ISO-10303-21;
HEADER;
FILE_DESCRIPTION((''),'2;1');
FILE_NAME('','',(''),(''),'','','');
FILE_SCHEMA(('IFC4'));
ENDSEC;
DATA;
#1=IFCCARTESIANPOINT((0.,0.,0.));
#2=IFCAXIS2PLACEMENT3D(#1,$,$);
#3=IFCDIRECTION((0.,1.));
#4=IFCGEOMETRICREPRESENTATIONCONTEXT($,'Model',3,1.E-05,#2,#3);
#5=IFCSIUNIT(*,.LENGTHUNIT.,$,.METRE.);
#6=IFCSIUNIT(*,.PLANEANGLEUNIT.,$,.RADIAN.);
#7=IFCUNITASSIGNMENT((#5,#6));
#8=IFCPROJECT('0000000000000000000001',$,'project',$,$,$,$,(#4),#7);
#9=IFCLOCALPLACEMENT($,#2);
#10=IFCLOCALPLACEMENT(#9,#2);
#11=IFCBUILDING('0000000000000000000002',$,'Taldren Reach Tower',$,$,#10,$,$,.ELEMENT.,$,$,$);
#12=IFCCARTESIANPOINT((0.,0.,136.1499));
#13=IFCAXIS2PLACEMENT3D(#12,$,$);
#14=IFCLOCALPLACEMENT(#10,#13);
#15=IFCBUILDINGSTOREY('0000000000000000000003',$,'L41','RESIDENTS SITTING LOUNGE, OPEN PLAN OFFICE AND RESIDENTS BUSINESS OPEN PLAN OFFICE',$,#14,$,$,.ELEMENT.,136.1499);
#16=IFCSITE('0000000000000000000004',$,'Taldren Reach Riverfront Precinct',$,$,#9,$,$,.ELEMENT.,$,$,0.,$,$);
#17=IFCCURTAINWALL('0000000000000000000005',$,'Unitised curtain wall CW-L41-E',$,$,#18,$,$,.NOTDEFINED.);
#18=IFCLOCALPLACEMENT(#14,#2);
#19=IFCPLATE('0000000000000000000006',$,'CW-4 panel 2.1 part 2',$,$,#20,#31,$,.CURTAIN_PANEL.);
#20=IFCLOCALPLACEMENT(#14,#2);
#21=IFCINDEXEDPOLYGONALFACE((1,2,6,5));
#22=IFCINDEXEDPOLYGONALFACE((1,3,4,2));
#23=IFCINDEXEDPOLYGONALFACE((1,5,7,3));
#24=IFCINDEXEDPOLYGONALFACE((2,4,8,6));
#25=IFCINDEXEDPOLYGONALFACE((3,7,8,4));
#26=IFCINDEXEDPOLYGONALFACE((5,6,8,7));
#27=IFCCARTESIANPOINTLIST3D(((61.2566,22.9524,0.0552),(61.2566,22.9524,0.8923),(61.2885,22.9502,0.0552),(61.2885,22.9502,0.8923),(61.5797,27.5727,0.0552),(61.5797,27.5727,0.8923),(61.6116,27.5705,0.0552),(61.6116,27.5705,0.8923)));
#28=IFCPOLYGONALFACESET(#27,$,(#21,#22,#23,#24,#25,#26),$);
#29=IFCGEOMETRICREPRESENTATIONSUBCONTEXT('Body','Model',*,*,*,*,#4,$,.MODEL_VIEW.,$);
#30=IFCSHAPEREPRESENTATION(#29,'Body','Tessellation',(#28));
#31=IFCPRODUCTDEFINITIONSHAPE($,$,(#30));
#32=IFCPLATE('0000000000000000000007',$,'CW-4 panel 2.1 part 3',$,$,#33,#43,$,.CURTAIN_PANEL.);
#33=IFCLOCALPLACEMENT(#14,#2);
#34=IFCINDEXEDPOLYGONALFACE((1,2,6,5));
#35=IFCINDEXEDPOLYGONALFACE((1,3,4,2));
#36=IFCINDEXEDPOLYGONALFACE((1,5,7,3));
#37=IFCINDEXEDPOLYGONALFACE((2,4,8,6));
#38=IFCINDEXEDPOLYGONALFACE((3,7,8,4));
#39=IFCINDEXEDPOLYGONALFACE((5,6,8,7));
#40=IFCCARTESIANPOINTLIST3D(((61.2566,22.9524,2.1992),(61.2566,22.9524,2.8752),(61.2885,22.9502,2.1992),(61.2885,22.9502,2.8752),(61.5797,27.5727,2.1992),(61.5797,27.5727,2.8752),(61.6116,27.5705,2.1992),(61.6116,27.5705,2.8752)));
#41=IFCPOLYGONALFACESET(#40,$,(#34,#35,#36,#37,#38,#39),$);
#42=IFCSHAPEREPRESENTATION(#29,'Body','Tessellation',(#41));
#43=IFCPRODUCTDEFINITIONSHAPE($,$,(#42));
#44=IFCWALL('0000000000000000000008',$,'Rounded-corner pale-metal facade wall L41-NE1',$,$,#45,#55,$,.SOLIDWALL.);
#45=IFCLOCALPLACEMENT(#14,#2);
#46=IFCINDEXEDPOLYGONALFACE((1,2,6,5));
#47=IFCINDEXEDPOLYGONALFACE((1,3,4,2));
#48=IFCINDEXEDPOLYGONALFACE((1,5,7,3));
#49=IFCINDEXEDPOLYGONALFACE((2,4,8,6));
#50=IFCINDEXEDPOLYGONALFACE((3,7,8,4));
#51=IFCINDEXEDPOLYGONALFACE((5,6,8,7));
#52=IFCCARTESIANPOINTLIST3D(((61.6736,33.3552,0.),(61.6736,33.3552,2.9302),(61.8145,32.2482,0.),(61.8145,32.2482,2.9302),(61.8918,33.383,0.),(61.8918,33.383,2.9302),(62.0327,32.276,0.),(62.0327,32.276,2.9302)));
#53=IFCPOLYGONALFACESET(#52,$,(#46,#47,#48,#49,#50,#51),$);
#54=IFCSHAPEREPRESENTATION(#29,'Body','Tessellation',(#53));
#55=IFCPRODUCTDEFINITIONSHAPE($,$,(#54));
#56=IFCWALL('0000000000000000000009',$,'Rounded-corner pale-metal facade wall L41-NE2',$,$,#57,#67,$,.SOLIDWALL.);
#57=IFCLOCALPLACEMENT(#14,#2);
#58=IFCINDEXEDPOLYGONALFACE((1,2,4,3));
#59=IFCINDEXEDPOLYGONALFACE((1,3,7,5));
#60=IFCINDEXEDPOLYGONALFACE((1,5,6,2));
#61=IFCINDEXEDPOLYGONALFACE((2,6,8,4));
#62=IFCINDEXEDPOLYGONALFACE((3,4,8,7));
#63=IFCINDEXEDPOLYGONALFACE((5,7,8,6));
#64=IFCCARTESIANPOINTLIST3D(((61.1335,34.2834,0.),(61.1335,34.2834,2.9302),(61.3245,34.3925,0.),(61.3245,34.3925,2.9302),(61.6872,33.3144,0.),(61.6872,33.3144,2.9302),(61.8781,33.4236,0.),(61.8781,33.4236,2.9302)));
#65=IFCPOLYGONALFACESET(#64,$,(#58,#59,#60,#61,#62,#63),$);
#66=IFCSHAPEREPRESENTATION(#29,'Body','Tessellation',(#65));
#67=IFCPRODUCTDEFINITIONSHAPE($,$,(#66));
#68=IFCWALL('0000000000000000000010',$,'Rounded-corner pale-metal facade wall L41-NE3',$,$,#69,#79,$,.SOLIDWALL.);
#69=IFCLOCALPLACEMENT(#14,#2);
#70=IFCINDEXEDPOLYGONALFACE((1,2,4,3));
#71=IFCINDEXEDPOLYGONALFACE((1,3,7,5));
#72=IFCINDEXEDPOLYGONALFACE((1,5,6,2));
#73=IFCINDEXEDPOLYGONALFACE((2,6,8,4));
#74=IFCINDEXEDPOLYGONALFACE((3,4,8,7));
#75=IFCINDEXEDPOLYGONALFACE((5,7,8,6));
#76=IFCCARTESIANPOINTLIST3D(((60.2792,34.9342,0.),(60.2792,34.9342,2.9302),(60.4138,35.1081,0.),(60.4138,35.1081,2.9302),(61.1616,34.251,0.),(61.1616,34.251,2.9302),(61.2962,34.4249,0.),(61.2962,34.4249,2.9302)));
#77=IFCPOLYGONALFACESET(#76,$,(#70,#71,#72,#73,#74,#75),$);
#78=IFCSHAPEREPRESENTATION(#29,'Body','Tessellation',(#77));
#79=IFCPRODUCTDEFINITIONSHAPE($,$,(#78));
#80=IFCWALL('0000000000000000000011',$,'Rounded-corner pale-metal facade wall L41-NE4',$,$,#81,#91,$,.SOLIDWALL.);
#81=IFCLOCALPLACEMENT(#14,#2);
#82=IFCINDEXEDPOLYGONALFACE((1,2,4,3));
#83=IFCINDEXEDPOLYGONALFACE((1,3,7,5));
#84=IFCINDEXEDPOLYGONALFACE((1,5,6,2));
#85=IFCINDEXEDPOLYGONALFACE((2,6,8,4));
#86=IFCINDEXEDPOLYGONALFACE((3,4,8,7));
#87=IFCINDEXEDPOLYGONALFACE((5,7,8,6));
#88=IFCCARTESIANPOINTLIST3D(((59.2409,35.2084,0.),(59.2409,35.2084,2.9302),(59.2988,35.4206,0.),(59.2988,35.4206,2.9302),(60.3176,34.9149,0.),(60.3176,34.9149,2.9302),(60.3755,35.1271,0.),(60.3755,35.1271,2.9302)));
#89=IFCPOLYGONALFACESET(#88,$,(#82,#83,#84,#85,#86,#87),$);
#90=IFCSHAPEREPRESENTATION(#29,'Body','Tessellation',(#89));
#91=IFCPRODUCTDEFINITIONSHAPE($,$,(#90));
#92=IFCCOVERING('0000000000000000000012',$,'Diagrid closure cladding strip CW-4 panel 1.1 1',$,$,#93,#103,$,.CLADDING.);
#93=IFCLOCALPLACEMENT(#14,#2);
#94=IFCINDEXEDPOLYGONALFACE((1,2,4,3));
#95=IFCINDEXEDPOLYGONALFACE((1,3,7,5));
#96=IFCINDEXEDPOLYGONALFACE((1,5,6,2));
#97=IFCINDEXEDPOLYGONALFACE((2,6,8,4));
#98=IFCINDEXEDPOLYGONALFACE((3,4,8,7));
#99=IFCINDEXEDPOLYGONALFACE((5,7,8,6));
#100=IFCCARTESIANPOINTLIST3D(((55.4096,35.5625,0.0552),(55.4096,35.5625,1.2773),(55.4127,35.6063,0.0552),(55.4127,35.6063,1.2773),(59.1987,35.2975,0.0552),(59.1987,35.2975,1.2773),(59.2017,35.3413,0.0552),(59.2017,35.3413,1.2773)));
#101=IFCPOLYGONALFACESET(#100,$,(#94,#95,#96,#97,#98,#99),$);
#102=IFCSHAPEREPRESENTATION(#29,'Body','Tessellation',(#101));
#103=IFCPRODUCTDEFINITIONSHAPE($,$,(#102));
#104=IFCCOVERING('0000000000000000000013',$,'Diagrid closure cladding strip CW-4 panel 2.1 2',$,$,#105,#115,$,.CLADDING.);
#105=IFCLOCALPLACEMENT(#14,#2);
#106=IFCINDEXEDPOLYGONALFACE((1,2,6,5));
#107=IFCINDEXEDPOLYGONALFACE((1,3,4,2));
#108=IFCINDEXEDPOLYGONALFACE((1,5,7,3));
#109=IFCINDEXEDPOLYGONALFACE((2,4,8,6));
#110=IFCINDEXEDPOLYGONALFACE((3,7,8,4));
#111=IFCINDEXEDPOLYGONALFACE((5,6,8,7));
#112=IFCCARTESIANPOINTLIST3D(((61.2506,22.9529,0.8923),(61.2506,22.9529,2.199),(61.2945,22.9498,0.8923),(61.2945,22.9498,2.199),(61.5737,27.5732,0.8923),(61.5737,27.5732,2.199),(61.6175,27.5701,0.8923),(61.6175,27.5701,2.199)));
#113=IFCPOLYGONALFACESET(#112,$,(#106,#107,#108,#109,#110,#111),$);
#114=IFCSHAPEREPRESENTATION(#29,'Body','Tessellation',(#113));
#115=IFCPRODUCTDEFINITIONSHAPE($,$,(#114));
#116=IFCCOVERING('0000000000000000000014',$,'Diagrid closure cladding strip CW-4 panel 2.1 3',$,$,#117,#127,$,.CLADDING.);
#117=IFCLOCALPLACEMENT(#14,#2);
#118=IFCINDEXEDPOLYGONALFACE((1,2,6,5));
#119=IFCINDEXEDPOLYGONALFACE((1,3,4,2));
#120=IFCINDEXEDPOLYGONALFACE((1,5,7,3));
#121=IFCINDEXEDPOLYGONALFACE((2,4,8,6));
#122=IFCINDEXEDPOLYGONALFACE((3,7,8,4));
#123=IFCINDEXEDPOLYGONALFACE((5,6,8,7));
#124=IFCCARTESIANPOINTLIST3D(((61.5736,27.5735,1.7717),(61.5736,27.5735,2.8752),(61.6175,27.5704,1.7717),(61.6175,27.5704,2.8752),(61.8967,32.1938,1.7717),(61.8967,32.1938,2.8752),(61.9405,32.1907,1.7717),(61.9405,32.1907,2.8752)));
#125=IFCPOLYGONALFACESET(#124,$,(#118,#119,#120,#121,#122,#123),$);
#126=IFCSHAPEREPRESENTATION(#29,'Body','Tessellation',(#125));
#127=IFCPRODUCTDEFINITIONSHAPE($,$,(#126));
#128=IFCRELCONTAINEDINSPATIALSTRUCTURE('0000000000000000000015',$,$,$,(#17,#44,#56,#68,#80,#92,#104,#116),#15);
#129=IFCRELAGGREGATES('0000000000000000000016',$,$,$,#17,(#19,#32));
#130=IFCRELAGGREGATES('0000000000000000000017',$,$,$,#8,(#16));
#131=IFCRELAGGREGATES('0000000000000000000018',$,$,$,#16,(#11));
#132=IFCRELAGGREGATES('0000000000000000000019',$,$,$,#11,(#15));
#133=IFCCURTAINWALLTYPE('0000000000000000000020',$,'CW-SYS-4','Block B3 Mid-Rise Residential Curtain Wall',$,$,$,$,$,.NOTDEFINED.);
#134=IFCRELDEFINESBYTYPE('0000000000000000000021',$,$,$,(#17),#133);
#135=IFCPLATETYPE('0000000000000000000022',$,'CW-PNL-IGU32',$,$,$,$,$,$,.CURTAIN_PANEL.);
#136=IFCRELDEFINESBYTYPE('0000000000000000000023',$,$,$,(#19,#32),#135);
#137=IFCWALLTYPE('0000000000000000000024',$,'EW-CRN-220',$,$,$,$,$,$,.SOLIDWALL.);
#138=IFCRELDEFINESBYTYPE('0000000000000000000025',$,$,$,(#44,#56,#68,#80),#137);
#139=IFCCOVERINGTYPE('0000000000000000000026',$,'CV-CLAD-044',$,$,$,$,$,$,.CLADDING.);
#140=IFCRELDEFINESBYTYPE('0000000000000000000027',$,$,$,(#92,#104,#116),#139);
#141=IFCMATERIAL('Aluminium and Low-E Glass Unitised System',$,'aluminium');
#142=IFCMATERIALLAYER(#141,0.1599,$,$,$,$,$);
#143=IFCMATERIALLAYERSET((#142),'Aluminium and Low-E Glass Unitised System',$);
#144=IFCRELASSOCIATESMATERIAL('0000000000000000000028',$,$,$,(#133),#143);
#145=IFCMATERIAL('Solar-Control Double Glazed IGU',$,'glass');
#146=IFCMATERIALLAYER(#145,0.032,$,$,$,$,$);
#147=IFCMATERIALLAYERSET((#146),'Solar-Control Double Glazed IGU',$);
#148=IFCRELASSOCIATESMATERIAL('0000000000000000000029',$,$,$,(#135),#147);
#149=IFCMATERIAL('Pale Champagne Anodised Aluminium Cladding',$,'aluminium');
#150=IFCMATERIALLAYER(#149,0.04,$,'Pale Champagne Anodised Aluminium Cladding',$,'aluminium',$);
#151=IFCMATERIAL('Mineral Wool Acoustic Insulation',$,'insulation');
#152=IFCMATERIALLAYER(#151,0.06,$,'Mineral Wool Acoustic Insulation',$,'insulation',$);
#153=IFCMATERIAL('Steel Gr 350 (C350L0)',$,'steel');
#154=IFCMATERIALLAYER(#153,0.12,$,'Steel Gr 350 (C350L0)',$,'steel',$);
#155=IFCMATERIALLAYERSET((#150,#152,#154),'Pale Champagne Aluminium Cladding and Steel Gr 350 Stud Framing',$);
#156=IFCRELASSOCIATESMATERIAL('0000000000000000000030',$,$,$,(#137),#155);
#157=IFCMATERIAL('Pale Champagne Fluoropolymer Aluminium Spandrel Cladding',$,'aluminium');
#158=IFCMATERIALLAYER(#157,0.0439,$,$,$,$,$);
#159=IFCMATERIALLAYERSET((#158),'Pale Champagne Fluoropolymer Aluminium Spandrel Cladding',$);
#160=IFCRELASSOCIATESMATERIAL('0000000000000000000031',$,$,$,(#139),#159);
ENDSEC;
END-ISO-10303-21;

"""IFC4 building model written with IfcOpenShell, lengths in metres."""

from ifc_helpers import new_model, si_unit, direction, frame, frame_2d, origin, origin_2d, place, context, subcontext, project, spatial, rectangle, extrude, source, transform, mapped, material, layer, layer_set, type_object, element, aggregate, save


model = new_model("IFC4")

# Units and contexts
model_context = context("Model", 3, precision=1e-05, world=origin(), true_north=direction((0.0, 1.0)))
body_context = subcontext(model_context, "Body", "Model", "MODEL_VIEW")
ifc_project = project(units=[si_unit("LENGTHUNIT", "METRE"), si_unit("PLANEANGLEUNIT", "RADIAN")], contexts=[model_context])

# Site, building, storey
site_placement = place(None, origin())
site = spatial("IfcSite", under=ifc_project, at=site_placement, Name="Taldren Reach Riverfront Precinct", CompositionType="ELEMENT", RefElevation=0.0)
building_placement = place(site_placement, origin())
building = spatial("IfcBuilding", under=site, at=building_placement, Name="Taldren Reach Tower", CompositionType="ELEMENT")
storey_placement = place(building_placement, frame((0.0, 0.0, 136.1499)))
storey = spatial("IfcBuildingStorey", under=building, at=storey_placement, Name="L41", Description="RESIDENTS SITTING LOUNGE, OPEN PLAN OFFICE AND RESIDENTS BUSINESS OPEN PLAN OFFICE", CompositionType="ELEMENT", Elevation=136.1499)

# Shared definitions
ifc_material_1 = material(Name="Steel Gr 350 (C350L0)", Category="steel")

# Curtain wall
ifc_material_2 = material(Name="Aluminium and Low-E Glass Unitised System", Category="aluminium")
ifc_layer_1 = layer(ifc_material_2, 0.1599)
ifc_layer_set_1 = layer_set([ifc_layer_1], Name="Aluminium and Low-E Glass Unitised System")
curtain_wall_type = type_object("IfcCurtainWallType", Name="CW-SYS-4", Description="Block B3 Mid-Rise Residential Curtain Wall", PredefinedType="NOTDEFINED", material=ifc_layer_set_1)
curtain_wall_1_placement = place(storey_placement, origin())
curtain_wall_1 = element("IfcCurtainWall", 1, at=curtain_wall_1_placement, inside=storey, type_object=curtain_wall_type, Name="Unitised curtain wall CW-L41-E", PredefinedType="NOTDEFINED")

# Plates
ifc_material_3 = material(Name="Solar-Control Double Glazed IGU", Category="glass")
ifc_layer_2 = layer(ifc_material_3, 0.032)
ifc_layer_set_2 = layer_set([ifc_layer_2], Name="Solar-Control Double Glazed IGU")
plate_type_1 = type_object("IfcPlateType", Name="CW-PNL-IGU32", PredefinedType="CURTAIN_PANEL", material=ifc_layer_set_2)
shared_shape_1 = source(origin(), body_context, "Body", "SweptSolid", [
    extrude(rectangle(XDim=4.6316, YDim=0.032, at=origin_2d()), origin(), (0.0, 0.0, 1.0), 0.8372),
])
plate_1_placement = place(storey_placement, frame((61.4341, 25.2615, 0.0552), z_axis=(0.0, 0.0, 1.0), x_axis=(0.069756, 0.997564, 0.0)))
plate_1 = element("IfcPlate", 2, at=plate_1_placement, type_object=plate_type_1, Name="CW-4 panel 2.1 part 2", PredefinedType="CURTAIN_PANEL", context=body_context, shape_type="MappedRepresentation", body=[
    mapped(shared_shape_1, transform((0.0, 0.0, 0.0), scale=1.0)),
])
shared_shape_2 = source(origin(), body_context, "Body", "SweptSolid", [
    extrude(rectangle(XDim=4.6316, YDim=0.032, at=origin_2d()), origin(), (0.0, 0.0, 1.0), 0.676),
])
plate_2_placement = place(storey_placement, frame((61.4341, 25.2615, 2.1992), z_axis=(0.0, 0.0, 1.0), x_axis=(0.069756, 0.997564, 0.0)))
plate_2 = element("IfcPlate", 3, at=plate_2_placement, type_object=plate_type_1, Name="CW-4 panel 2.1 part 3", PredefinedType="CURTAIN_PANEL", context=body_context, shape_type="MappedRepresentation", body=[
    mapped(shared_shape_2, transform((0.0, 0.0, 0.0), scale=1.0)),
])
aggregate(curtain_wall_1, [plate_1, plate_2])

# Walls
ifc_material_4 = material(Name="Pale Champagne Anodised Aluminium Cladding", Category="aluminium")
ifc_layer_3 = layer(ifc_material_4, 0.04, Name="Pale Champagne Anodised Aluminium Cladding", Category="aluminium")
ifc_material_5 = material(Name="Mineral Wool Acoustic Insulation", Category="insulation")
ifc_layer_4 = layer(ifc_material_5, 0.06, Name="Mineral Wool Acoustic Insulation", Category="insulation")
ifc_layer_5 = layer(ifc_material_1, 0.12, Name="Steel Gr 350 (C350L0)", Category="steel")
ifc_layer_set_3 = layer_set([ifc_layer_3, ifc_layer_4, ifc_layer_5], Name="Pale Champagne Aluminium Cladding and Steel Gr 350 Stud Framing")
wall_type = type_object("IfcWallType", Name="EW-CRN-220", PredefinedType="SOLIDWALL", material=ifc_layer_set_3)
shared_shape_3 = source(origin(), body_context, "Body", "SweptSolid", [
    extrude(rectangle(XDim=1.116, YDim=0.22, at=frame_2d((0.5581, 0.0))), origin(), (0.0, 0.0, 1.0), 2.9302),
])
for number, where, z_axis, x_axis, name in (
    (4, (61.9236, 32.262, 0.0), (0.0, 0.0, 1.0), (-0.126243, 0.991999, 0.0), "Rounded-corner pale-metal facade wall L41-NE1"),
    (5, (61.7827, 33.3689, 0.0), (0.0, 0.0, 1.0), (-0.496139, 0.868243, 0.0), "Rounded-corner pale-metal facade wall L41-NE2"),
    (6, (61.229, 34.3379, 0.0), (0.0, 0.0, 1.0), (-0.790717, 0.612182, 0.0), "Rounded-corner pale-metal facade wall L41-NE3"),
    (7, (60.3467, 35.021, 0.0), (0.0, 0.0, 1.0), (-0.964804, 0.262969, 0.0), "Rounded-corner pale-metal facade wall L41-NE4"),
):
    element("IfcWall", number, at=place(storey_placement, frame(where, z_axis=z_axis, x_axis=x_axis)), inside=storey, type_object=wall_type, Name=name, PredefinedType="SOLIDWALL", context=body_context, shape_type="MappedRepresentation", body=[
        mapped(shared_shape_3, transform((0.0, 0.0, 0.0), scale=1.0)),
    ])

# Coverings
ifc_material_6 = material(Name="Pale Champagne Fluoropolymer Aluminium Spandrel Cladding", Category="aluminium")
ifc_layer_6 = layer(ifc_material_6, 0.0439)
ifc_layer_set_4 = layer_set([ifc_layer_6], Name="Pale Champagne Fluoropolymer Aluminium Spandrel Cladding")
covering_type = type_object("IfcCoveringType", Name="CV-CLAD-044", PredefinedType="CLADDING", material=ifc_layer_set_4)
shared_shape_4 = source(origin(), body_context, "Body", "SweptSolid", [
    extrude(rectangle(XDim=3.7983, YDim=0.0439, at=origin_2d()), origin(), (0.0, 0.0, 1.0), 1.2222),
])
covering_1_placement = place(storey_placement, frame((57.3057, 35.4519, 0.0552), z_axis=(0.0, 0.0, 1.0), x_axis=(-0.997564, 0.069757, 0.0)))
element("IfcCovering", 8, at=covering_1_placement, inside=storey, type_object=covering_type, Name="Diagrid closure cladding strip CW-4 panel 1.1 1", PredefinedType="CLADDING", context=body_context, shape_type="MappedRepresentation", body=[
    mapped(shared_shape_4, transform((0.0, 0.0, 0.0), scale=1.0)),
])
shared_shape_5 = source(origin(), body_context, "Body", "SweptSolid", [
    extrude(rectangle(XDim=4.6316, YDim=0.0439, at=origin_2d()), origin(), (0.0, 0.0, 1.0), 1.3066),
])
covering_2_placement = place(storey_placement, frame((61.4341, 25.2615, 0.8923), z_axis=(0.0, 0.0, 1.0), x_axis=(0.069756, 0.997564, 0.0)))
element("IfcCovering", 9, at=covering_2_placement, inside=storey, type_object=covering_type, Name="Diagrid closure cladding strip CW-4 panel 2.1 2", PredefinedType="CLADDING", context=body_context, shape_type="MappedRepresentation", body=[
    mapped(shared_shape_5, transform((0.0, 0.0, 0.0), scale=1.0)),
])
shared_shape_6 = source(origin(), body_context, "Body", "SweptSolid", [
    extrude(rectangle(XDim=4.6316, YDim=0.0439, at=origin_2d()), origin(), (0.0, 0.0, 1.0), 1.1035),
])
covering_3_placement = place(storey_placement, frame((61.7571, 29.8821, 1.7717), z_axis=(0.0, 0.0, 1.0), x_axis=(0.069756, 0.997564, 0.0)))
element("IfcCovering", 10, at=covering_3_placement, inside=storey, type_object=covering_type, Name="Diagrid closure cladding strip CW-4 panel 2.1 3", PredefinedType="CLADDING", context=body_context, shape_type="MappedRepresentation", body=[
    mapped(shared_shape_6, transform((0.0, 0.0, 0.0), scale=1.0)),
])

save(model, "model.ifc")
